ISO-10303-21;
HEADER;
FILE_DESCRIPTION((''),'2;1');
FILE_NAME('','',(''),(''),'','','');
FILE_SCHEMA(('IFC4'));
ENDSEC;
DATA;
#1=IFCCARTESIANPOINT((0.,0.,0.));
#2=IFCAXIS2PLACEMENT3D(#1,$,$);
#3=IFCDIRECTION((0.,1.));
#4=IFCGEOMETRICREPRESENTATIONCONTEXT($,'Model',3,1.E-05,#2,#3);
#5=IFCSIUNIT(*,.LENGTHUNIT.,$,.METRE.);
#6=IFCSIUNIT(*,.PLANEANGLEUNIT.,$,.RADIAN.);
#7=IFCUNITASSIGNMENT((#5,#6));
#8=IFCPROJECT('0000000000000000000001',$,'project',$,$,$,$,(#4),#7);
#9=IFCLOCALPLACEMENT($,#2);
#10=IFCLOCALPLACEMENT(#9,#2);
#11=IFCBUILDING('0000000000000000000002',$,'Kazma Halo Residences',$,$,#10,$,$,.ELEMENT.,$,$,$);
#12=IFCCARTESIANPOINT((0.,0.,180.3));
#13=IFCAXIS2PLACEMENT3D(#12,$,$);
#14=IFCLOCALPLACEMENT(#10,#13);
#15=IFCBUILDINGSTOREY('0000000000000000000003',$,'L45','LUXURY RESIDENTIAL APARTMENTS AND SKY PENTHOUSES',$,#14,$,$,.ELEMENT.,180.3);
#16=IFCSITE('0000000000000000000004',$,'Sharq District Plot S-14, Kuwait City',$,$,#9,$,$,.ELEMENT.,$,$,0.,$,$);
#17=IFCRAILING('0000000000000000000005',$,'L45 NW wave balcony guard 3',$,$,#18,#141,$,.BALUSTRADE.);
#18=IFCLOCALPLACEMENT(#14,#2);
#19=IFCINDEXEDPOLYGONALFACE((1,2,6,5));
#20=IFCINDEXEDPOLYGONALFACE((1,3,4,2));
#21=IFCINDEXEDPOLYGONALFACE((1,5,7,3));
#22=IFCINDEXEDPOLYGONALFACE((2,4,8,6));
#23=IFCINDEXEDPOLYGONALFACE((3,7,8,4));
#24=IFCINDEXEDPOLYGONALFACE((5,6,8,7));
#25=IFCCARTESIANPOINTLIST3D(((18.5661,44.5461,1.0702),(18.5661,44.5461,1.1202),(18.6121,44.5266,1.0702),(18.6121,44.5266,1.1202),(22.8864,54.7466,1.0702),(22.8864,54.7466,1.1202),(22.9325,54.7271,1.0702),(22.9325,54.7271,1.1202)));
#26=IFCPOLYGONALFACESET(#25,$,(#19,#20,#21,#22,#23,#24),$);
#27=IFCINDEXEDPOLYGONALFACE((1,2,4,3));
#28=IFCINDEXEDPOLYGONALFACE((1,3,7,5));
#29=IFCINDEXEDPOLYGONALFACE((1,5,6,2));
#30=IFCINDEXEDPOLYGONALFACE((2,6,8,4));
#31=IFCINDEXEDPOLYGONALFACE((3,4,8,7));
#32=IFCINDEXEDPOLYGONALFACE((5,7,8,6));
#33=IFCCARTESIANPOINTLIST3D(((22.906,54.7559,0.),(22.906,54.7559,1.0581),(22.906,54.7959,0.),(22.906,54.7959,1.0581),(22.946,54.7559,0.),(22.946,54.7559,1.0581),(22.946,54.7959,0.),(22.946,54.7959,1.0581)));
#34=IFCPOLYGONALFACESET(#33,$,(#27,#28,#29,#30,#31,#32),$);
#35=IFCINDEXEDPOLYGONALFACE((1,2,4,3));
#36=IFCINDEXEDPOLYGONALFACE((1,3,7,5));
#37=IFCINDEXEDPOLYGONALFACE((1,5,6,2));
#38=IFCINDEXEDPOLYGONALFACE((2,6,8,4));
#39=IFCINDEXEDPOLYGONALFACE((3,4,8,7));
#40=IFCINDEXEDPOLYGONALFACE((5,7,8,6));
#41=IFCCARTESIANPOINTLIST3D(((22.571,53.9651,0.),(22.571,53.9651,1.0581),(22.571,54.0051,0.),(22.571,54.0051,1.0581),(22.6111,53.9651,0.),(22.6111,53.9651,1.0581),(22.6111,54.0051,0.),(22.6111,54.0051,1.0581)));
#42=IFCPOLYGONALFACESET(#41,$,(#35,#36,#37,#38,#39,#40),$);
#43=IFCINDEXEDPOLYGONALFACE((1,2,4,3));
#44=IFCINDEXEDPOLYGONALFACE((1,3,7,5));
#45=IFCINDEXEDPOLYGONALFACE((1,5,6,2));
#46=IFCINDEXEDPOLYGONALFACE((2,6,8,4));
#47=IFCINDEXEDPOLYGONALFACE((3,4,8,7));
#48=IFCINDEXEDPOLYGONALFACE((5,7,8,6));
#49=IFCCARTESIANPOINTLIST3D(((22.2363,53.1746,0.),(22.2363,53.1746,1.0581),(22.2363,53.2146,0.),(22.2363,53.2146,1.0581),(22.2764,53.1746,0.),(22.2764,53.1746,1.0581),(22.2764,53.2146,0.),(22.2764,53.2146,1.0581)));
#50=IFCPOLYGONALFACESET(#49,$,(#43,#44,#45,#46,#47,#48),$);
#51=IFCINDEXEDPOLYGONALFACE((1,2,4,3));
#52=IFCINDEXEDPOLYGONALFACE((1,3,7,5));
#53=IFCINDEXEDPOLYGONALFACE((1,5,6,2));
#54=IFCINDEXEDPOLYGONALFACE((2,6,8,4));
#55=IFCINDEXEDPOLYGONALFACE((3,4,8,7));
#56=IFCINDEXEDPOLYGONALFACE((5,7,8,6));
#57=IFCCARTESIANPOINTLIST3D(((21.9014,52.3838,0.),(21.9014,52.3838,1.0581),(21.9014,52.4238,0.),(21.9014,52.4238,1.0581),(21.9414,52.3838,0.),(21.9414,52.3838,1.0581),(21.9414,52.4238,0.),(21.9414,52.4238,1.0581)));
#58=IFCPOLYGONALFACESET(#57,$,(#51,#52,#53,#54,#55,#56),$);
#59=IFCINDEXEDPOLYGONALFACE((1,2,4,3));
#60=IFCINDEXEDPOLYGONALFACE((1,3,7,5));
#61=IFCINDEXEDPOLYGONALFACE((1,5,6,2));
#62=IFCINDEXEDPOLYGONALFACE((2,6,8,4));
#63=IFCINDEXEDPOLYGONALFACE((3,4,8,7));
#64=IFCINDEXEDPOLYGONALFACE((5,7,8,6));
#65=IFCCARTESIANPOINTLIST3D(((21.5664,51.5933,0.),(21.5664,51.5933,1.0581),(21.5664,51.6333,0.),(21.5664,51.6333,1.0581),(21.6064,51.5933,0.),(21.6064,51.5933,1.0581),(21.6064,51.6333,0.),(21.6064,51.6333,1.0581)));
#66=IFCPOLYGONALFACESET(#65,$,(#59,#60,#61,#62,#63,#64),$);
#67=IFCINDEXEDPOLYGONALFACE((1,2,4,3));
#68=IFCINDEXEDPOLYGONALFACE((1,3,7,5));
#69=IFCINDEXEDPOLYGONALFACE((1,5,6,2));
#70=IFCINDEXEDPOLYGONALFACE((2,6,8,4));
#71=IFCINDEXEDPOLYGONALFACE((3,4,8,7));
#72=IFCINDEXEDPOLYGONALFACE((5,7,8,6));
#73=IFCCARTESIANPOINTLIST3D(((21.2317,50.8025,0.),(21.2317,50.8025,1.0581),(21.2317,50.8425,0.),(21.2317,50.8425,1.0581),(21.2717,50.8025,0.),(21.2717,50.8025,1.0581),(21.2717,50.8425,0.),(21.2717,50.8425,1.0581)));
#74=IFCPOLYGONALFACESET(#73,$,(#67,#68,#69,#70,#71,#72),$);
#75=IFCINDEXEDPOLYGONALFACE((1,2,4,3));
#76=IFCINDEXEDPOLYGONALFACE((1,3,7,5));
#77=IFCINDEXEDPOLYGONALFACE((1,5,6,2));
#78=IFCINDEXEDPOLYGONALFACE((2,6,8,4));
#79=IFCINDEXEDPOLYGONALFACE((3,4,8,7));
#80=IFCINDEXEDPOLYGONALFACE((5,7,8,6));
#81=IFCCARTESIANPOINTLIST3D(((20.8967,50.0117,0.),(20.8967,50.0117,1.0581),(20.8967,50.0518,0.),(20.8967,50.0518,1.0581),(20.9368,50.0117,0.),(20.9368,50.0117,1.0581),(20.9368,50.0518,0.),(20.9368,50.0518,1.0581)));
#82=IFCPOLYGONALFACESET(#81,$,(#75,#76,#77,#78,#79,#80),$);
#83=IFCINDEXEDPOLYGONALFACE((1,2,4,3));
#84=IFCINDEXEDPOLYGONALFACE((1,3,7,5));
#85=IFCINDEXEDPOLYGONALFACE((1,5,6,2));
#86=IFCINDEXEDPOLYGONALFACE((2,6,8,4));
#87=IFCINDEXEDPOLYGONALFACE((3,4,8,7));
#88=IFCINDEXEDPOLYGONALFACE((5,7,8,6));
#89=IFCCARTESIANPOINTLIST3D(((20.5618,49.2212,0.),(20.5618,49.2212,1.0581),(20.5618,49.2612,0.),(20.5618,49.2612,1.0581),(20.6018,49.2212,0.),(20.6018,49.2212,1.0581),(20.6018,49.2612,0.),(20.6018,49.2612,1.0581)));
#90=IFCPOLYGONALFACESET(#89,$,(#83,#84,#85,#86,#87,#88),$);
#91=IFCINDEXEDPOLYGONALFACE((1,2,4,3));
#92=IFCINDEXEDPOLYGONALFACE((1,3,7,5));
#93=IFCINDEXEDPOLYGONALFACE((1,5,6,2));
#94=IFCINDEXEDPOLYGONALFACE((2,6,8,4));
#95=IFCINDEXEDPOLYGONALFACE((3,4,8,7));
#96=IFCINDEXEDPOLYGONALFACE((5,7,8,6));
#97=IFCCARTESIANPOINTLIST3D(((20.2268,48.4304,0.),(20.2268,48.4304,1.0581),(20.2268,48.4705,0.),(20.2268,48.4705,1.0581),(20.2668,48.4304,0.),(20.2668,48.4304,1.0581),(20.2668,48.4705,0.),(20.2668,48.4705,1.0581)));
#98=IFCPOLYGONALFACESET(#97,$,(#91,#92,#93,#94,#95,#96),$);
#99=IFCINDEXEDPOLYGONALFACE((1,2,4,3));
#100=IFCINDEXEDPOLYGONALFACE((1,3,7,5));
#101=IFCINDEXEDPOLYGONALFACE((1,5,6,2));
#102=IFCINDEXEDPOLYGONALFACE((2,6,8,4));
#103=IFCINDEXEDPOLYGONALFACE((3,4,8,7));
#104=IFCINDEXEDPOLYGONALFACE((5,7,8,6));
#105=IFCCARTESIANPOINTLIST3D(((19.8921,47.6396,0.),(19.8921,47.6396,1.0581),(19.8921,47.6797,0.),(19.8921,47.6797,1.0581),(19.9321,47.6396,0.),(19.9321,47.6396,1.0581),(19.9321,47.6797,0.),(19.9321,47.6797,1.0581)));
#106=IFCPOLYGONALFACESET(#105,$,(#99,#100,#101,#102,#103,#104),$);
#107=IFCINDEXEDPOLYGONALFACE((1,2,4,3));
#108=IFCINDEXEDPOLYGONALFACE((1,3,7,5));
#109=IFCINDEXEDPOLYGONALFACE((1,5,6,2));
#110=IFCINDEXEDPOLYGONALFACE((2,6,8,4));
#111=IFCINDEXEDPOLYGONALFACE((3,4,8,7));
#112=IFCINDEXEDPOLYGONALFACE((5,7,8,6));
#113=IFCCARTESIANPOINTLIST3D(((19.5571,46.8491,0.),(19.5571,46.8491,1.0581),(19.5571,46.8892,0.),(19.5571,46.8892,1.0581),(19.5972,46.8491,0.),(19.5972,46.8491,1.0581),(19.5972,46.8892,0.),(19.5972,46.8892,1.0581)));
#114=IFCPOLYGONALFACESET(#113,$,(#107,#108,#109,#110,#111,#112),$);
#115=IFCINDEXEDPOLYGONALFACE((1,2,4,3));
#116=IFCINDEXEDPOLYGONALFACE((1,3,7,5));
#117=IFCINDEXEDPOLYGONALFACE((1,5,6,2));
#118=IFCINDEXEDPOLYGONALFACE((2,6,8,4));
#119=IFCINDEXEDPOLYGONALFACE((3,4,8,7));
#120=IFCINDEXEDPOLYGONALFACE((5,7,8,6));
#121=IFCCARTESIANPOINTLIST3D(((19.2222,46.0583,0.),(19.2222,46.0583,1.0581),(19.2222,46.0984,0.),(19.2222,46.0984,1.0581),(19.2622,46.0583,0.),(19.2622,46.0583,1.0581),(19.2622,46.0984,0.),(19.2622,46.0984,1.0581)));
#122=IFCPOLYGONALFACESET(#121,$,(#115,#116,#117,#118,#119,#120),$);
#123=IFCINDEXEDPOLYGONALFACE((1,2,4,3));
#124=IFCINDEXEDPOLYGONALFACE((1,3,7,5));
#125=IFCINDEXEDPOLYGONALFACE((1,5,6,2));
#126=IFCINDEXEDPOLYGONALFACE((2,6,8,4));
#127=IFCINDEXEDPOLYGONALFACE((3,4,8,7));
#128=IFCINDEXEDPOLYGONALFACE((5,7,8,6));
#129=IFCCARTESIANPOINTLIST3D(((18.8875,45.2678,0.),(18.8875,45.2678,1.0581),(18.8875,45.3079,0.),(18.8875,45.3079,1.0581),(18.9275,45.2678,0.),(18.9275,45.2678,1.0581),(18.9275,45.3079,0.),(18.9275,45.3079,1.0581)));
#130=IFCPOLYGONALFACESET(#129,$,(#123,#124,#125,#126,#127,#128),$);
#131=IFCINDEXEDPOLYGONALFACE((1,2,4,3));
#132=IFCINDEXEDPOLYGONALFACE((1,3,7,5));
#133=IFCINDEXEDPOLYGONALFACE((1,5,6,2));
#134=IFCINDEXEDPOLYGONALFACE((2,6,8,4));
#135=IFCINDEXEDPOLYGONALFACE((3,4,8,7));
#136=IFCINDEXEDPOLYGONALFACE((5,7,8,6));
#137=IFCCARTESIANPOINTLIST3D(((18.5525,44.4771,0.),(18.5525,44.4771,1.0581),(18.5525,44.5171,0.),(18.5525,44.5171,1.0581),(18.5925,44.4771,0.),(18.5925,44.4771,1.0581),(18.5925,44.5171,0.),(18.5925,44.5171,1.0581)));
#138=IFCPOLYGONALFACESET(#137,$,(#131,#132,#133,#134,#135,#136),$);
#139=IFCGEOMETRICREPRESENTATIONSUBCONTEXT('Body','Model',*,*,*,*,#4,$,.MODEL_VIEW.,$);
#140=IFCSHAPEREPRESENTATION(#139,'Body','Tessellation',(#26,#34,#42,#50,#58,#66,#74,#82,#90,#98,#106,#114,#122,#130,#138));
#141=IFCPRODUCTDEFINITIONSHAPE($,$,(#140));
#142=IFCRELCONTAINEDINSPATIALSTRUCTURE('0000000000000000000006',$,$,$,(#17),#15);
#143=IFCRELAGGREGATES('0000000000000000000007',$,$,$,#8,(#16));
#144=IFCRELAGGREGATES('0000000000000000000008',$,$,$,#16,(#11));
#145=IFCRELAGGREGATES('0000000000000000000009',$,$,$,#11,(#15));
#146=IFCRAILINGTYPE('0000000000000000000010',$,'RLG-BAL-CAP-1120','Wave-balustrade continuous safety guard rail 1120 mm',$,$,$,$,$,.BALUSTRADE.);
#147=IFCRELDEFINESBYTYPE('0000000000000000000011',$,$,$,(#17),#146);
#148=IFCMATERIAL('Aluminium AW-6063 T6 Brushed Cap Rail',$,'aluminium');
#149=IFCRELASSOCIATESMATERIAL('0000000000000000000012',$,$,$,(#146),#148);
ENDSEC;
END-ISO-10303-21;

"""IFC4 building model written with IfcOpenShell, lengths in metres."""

from ifc_helpers import new_model, si_unit, direction, frame, origin, origin_2d, place, context, subcontext, project, spatial, rectangle, extrude, material, type_object, element, save


model = new_model("IFC4")

# Units and contexts
model_context = context("Model", 3, precision=1e-05, world=origin(), true_north=direction((0.0, 1.0)))
body_context = subcontext(model_context, "Body", "Model", "MODEL_VIEW")
ifc_project = project(units=[si_unit("LENGTHUNIT", "METRE"), si_unit("PLANEANGLEUNIT", "RADIAN")], contexts=[model_context])

# Site, building, storey
site_placement = place(None, origin())
site = spatial("IfcSite", under=ifc_project, at=site_placement, Name="Sharq District Plot S-14, Kuwait City", CompositionType="ELEMENT", RefElevation=0.0)
building_placement = place(site_placement, origin())
building = spatial("IfcBuilding", under=site, at=building_placement, Name="Kazma Halo Residences", CompositionType="ELEMENT")
storey_placement = place(building_placement, frame((0.0, 0.0, 180.3)))
storey = spatial("IfcBuildingStorey", under=building, at=storey_placement, Name="L45", Description="LUXURY RESIDENTIAL APARTMENTS AND SKY PENTHOUSES", CompositionType="ELEMENT", Elevation=180.3)

# Railing
ifc_material_1 = material(Name="Aluminium AW-6063 T6 Brushed Cap Rail", Category="aluminium")
railing_type = type_object("IfcRailingType", Name="RLG-BAL-CAP-1120", Description="Wave-balustrade continuous safety guard rail 1120 mm", PredefinedType="BALUSTRADE", material=ifc_material_1)
railing_1_placement = place(storey_placement, frame((22.926, 54.7759, 0.0)))
element("IfcRailing", 1, at=railing_1_placement, inside=storey, type_object=railing_type, Name="L45 NW wave balcony guard 3", PredefinedType="BALUSTRADE", context=body_context, shape_type="SweptSolid", body=[
    extrude(rectangle(XDim=0.05, YDim=0.05, at=origin_2d()), frame((-0.0166, -0.0391, 1.0952), z_axis=(-0.390004, -0.920813, 0.0), x_axis=(0.920813, -0.390004, 0.0)), (0.0, 0.0, 1.0), 11.0776),
    extrude(rectangle(XDim=0.04, YDim=0.04, at=origin_2d()), origin(), (0.0, 0.0, 1.0), 1.0581),
    extrude(rectangle(XDim=0.04, YDim=0.04, at=origin_2d()), frame((-0.335, -0.7908, 0.0)), (0.0, 0.0, 1.0), 1.0581),
    extrude(rectangle(XDim=0.04, YDim=0.04, at=origin_2d()), frame((-0.6697, -1.5813, 0.0)), (0.0, 0.0, 1.0), 1.0581),
    extrude(rectangle(XDim=0.04, YDim=0.04, at=origin_2d()), frame((-1.0046, -2.3721, 0.0)), (0.0, 0.0, 1.0), 1.0581),
    extrude(rectangle(XDim=0.04, YDim=0.04, at=origin_2d()), frame((-1.3396, -3.1626, 0.0)), (0.0, 0.0, 1.0), 1.0581),
    extrude(rectangle(XDim=0.04, YDim=0.04, at=origin_2d()), frame((-1.6743, -3.9534, 0.0)), (0.0, 0.0, 1.0), 1.0581),
    extrude(rectangle(XDim=0.04, YDim=0.04, at=origin_2d()), frame((-2.0093, -4.7441, 0.0)), (0.0, 0.0, 1.0), 1.0581),
    extrude(rectangle(XDim=0.04, YDim=0.04, at=origin_2d()), frame((-2.3442, -5.5347, 0.0)), (0.0, 0.0, 1.0), 1.0581),
    extrude(rectangle(XDim=0.04, YDim=0.04, at=origin_2d()), frame((-2.6792, -6.3254, 0.0)), (0.0, 0.0, 1.0), 1.0581),
    extrude(rectangle(XDim=0.04, YDim=0.04, at=origin_2d()), frame((-3.0139, -7.1162, 0.0)), (0.0, 0.0, 1.0), 1.0581),
    extrude(rectangle(XDim=0.04, YDim=0.04, at=origin_2d()), frame((-3.3489, -7.9067, 0.0)), (0.0, 0.0, 1.0), 1.0581),
    extrude(rectangle(XDim=0.04, YDim=0.04, at=origin_2d()), frame((-3.6838, -8.6975, 0.0)), (0.0, 0.0, 1.0), 1.0581),
    extrude(rectangle(XDim=0.04, YDim=0.04, at=origin_2d()), frame((-4.0186, -9.488, 0.0)), (0.0, 0.0, 1.0), 1.0581),
    extrude(rectangle(XDim=0.04, YDim=0.04, at=origin_2d()), frame((-4.3535, -10.2788, 0.0)), (0.0, 0.0, 1.0), 1.0581),
])

save(model, "model.ifc")
